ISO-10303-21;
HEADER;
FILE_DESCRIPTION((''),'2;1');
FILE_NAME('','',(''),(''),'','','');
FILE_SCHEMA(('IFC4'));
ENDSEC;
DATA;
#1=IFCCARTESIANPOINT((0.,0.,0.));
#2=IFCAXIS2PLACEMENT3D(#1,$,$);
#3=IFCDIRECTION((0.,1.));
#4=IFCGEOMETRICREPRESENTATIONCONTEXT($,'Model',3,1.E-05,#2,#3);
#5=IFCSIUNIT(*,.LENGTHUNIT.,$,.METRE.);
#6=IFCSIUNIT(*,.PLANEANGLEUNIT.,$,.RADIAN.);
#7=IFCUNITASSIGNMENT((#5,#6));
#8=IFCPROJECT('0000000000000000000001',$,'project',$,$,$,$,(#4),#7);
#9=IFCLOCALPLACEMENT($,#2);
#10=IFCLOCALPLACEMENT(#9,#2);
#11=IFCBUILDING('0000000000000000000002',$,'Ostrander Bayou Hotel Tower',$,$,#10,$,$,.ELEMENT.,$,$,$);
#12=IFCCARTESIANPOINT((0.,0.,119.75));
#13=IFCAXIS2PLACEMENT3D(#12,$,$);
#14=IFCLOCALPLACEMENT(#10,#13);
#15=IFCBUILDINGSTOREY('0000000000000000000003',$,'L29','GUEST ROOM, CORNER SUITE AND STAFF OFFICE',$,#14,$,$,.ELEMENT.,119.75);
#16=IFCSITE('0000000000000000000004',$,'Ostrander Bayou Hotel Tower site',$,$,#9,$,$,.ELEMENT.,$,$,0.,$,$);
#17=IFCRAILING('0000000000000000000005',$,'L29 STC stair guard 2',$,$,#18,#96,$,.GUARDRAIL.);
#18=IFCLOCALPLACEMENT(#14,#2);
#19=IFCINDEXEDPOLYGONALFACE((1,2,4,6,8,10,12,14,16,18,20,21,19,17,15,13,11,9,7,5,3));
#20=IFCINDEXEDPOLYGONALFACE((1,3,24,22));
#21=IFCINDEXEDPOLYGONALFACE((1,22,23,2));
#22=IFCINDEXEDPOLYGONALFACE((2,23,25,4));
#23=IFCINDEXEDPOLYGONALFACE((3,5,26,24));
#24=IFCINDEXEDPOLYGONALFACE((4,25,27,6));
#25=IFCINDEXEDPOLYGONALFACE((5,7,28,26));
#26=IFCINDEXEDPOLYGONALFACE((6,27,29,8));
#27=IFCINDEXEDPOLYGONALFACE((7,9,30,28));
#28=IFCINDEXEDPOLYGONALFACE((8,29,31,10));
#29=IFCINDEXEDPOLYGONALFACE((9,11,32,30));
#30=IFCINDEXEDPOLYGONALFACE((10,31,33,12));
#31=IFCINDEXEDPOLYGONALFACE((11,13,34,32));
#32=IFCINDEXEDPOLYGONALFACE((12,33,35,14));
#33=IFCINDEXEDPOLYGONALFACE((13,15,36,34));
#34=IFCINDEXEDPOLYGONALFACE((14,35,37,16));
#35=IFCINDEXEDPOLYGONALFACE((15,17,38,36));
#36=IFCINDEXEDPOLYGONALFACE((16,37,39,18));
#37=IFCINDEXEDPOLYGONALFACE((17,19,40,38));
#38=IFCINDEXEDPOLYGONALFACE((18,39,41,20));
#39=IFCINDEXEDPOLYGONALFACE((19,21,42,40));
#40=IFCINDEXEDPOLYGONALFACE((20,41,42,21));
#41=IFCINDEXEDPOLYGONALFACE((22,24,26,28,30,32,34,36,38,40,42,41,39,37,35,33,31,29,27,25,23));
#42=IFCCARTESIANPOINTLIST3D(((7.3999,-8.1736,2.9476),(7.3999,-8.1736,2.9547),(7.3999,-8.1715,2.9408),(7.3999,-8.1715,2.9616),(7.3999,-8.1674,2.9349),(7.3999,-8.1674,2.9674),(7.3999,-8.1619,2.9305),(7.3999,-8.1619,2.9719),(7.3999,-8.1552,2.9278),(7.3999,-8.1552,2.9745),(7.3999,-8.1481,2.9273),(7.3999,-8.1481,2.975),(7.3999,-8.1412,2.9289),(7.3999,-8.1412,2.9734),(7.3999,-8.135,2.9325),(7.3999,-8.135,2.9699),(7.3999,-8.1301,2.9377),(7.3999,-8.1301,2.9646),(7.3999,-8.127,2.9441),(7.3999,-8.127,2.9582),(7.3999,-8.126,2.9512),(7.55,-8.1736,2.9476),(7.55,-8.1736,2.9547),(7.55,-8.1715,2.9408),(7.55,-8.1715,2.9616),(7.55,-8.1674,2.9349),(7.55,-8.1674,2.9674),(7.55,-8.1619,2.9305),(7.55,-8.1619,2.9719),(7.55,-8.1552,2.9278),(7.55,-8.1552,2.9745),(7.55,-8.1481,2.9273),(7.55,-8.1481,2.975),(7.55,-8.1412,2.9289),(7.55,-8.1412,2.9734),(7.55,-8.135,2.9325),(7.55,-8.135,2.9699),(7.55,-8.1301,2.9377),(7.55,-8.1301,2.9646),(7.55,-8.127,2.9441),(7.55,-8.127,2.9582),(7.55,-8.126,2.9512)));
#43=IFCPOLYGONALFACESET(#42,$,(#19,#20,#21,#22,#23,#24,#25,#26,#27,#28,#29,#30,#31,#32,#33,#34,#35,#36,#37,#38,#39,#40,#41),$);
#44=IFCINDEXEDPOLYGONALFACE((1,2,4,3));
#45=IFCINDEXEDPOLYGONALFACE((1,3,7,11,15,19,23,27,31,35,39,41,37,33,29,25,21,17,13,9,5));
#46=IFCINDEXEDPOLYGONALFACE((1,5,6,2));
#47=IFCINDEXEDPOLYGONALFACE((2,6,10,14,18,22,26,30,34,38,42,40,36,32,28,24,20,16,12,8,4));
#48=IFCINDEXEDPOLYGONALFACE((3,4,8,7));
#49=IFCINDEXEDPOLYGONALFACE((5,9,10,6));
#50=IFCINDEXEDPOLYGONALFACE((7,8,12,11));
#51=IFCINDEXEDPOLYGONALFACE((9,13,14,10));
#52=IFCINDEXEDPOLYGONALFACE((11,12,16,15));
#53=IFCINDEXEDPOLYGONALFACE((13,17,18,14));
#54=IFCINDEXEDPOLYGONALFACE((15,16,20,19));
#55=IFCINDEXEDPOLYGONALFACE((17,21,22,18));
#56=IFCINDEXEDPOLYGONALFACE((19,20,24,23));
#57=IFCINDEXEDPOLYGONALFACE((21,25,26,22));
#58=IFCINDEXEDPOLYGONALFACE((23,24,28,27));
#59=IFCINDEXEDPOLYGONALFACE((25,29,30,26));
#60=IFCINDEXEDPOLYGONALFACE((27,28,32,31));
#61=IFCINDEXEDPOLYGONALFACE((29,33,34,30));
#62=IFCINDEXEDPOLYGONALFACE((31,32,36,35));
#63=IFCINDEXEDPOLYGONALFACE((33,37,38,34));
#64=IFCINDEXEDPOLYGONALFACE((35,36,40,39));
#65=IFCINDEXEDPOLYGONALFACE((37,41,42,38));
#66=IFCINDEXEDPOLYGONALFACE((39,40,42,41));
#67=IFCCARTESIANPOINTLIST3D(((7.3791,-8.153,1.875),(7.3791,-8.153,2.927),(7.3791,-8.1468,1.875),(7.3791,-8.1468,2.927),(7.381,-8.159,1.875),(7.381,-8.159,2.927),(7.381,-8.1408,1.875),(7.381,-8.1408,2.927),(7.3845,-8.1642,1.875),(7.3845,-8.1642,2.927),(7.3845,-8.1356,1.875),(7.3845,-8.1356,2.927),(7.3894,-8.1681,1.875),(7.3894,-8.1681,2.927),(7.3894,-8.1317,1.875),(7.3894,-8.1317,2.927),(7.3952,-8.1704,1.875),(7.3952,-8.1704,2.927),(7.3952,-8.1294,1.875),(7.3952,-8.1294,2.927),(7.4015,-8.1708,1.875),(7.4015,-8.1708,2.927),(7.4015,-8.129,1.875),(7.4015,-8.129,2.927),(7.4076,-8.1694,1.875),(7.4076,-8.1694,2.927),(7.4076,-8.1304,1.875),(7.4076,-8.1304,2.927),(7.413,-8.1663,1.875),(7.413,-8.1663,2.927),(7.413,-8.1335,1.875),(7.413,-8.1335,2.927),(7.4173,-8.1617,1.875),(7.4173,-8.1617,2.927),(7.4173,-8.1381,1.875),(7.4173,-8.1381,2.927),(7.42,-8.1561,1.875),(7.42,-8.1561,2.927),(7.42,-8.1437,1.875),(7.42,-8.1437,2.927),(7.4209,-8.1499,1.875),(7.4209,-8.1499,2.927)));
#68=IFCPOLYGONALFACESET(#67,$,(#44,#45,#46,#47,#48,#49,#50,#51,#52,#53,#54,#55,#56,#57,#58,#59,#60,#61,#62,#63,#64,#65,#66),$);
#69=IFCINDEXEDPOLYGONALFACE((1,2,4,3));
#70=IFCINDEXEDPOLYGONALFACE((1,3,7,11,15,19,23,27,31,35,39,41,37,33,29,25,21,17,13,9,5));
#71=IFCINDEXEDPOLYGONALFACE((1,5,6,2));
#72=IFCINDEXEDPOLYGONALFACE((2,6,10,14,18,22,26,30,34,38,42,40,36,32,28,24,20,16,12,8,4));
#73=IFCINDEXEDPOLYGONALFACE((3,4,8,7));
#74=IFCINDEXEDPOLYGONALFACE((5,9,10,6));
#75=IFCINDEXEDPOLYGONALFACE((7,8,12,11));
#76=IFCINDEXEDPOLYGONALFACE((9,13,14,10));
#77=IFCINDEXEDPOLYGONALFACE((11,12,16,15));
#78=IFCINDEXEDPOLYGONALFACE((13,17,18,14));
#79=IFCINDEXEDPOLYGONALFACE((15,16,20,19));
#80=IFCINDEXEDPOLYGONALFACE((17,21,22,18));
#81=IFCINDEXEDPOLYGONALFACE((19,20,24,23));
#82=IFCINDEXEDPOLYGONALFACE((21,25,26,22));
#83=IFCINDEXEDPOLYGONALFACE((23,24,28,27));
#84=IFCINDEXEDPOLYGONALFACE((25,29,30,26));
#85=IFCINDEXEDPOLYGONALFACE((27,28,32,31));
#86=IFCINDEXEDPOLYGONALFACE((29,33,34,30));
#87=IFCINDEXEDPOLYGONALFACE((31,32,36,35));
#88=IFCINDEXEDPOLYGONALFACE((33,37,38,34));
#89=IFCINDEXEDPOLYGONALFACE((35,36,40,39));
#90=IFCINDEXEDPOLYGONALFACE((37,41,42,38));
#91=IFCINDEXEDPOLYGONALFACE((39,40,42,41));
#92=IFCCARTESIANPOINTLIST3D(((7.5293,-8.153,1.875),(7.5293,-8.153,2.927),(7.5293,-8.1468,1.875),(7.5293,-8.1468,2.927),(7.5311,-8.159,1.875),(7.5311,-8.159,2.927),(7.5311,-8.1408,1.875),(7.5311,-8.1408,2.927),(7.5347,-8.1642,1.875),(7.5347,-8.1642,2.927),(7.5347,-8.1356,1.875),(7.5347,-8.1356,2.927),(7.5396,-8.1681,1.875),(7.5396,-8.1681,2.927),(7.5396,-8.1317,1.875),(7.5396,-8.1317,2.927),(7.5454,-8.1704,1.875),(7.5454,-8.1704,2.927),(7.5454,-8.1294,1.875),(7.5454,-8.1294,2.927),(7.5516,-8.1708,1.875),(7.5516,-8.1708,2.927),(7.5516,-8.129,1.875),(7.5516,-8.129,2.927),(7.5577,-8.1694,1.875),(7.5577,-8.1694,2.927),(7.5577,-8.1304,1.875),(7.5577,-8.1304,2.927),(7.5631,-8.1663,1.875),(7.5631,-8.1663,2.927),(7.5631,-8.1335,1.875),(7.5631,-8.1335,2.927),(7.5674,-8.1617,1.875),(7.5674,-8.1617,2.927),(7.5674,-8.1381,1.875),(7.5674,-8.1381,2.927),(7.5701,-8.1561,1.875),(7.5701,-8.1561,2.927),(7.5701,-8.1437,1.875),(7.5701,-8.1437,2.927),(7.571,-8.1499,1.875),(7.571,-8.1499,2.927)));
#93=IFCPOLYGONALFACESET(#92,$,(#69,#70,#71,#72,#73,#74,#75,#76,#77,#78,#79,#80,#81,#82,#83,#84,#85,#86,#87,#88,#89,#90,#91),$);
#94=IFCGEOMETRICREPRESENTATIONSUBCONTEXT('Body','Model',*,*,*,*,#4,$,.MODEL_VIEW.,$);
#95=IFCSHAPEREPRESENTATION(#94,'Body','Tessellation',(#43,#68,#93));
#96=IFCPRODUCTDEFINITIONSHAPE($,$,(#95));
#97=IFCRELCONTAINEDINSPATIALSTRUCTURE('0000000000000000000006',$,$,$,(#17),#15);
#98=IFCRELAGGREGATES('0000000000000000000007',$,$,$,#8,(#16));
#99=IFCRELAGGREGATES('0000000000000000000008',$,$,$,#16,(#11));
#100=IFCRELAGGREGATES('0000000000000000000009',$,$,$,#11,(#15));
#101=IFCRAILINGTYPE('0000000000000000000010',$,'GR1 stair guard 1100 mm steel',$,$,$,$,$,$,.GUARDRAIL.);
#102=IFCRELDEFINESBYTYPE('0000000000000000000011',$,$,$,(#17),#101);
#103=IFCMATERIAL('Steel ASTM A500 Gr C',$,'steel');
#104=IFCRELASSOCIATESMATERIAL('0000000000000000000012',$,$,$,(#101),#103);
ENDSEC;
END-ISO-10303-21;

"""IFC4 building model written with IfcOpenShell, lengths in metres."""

from ifc_helpers import new_model, si_unit, direction, frame, origin, origin_2d, place, context, subcontext, project, spatial, circle, extrude, material, type_object, element, save


model = new_model("IFC4")

# Units and contexts
model_context = context("Model", 3, precision=1e-05, world=origin(), true_north=direction((0.0, 1.0)))
body_context = subcontext(model_context, "Body", "Model", "MODEL_VIEW")
ifc_project = project(units=[si_unit("LENGTHUNIT", "METRE"), si_unit("PLANEANGLEUNIT", "RADIAN")], contexts=[model_context])

# Site, building, storey
site_placement = place(None, origin())
site = spatial("IfcSite", under=ifc_project, at=site_placement, Name="Ostrander Bayou Hotel Tower site", CompositionType="ELEMENT", RefElevation=0.0)
building_placement = place(site_placement, origin())
building = spatial("IfcBuilding", under=site, at=building_placement, Name="Ostrander Bayou Hotel Tower", CompositionType="ELEMENT")
storey_placement = place(building_placement, frame((0.0, 0.0, 119.75)))
storey = spatial("IfcBuildingStorey", under=building, at=storey_placement, Name="L29", Description="GUEST ROOM, CORNER SUITE AND STAFF OFFICE", CompositionType="ELEMENT", Elevation=119.75)

# Railing
ifc_material_1 = material(Name="Steel ASTM A500 Gr C", Category="steel")
railing_type_1 = type_object("IfcRailingType", Name="GR1 stair guard 1100 mm steel", PredefinedType="GUARDRAIL", material=ifc_material_1)
railing_1_placement = place(storey_placement, frame((7.3999, -8.1499, 1.875)))
element("IfcRailing", 1, at=railing_1_placement, inside=storey, type_object=railing_type_1, Name="L29 STC stair guard 2", PredefinedType="GUARDRAIL", context=body_context, shape_type="SweptSolid", body=[
    extrude(circle(Radius=0.0239, at=origin_2d()), frame((0.0, 0.0, 1.0762), z_axis=(1.0, 0.0, 0.0), x_axis=(0.0, 1.0, 0.0)), (0.0, 0.0, 1.0), 0.1501),
    extrude(circle(Radius=0.021, at=origin_2d()), origin(), (0.0, 0.0, 1.0), 1.052),
    extrude(circle(Radius=0.021, at=origin_2d()), frame((0.1501, 0.0, 0.0)), (0.0, 0.0, 1.0), 1.052),
])

save(model, "model.ifc")
